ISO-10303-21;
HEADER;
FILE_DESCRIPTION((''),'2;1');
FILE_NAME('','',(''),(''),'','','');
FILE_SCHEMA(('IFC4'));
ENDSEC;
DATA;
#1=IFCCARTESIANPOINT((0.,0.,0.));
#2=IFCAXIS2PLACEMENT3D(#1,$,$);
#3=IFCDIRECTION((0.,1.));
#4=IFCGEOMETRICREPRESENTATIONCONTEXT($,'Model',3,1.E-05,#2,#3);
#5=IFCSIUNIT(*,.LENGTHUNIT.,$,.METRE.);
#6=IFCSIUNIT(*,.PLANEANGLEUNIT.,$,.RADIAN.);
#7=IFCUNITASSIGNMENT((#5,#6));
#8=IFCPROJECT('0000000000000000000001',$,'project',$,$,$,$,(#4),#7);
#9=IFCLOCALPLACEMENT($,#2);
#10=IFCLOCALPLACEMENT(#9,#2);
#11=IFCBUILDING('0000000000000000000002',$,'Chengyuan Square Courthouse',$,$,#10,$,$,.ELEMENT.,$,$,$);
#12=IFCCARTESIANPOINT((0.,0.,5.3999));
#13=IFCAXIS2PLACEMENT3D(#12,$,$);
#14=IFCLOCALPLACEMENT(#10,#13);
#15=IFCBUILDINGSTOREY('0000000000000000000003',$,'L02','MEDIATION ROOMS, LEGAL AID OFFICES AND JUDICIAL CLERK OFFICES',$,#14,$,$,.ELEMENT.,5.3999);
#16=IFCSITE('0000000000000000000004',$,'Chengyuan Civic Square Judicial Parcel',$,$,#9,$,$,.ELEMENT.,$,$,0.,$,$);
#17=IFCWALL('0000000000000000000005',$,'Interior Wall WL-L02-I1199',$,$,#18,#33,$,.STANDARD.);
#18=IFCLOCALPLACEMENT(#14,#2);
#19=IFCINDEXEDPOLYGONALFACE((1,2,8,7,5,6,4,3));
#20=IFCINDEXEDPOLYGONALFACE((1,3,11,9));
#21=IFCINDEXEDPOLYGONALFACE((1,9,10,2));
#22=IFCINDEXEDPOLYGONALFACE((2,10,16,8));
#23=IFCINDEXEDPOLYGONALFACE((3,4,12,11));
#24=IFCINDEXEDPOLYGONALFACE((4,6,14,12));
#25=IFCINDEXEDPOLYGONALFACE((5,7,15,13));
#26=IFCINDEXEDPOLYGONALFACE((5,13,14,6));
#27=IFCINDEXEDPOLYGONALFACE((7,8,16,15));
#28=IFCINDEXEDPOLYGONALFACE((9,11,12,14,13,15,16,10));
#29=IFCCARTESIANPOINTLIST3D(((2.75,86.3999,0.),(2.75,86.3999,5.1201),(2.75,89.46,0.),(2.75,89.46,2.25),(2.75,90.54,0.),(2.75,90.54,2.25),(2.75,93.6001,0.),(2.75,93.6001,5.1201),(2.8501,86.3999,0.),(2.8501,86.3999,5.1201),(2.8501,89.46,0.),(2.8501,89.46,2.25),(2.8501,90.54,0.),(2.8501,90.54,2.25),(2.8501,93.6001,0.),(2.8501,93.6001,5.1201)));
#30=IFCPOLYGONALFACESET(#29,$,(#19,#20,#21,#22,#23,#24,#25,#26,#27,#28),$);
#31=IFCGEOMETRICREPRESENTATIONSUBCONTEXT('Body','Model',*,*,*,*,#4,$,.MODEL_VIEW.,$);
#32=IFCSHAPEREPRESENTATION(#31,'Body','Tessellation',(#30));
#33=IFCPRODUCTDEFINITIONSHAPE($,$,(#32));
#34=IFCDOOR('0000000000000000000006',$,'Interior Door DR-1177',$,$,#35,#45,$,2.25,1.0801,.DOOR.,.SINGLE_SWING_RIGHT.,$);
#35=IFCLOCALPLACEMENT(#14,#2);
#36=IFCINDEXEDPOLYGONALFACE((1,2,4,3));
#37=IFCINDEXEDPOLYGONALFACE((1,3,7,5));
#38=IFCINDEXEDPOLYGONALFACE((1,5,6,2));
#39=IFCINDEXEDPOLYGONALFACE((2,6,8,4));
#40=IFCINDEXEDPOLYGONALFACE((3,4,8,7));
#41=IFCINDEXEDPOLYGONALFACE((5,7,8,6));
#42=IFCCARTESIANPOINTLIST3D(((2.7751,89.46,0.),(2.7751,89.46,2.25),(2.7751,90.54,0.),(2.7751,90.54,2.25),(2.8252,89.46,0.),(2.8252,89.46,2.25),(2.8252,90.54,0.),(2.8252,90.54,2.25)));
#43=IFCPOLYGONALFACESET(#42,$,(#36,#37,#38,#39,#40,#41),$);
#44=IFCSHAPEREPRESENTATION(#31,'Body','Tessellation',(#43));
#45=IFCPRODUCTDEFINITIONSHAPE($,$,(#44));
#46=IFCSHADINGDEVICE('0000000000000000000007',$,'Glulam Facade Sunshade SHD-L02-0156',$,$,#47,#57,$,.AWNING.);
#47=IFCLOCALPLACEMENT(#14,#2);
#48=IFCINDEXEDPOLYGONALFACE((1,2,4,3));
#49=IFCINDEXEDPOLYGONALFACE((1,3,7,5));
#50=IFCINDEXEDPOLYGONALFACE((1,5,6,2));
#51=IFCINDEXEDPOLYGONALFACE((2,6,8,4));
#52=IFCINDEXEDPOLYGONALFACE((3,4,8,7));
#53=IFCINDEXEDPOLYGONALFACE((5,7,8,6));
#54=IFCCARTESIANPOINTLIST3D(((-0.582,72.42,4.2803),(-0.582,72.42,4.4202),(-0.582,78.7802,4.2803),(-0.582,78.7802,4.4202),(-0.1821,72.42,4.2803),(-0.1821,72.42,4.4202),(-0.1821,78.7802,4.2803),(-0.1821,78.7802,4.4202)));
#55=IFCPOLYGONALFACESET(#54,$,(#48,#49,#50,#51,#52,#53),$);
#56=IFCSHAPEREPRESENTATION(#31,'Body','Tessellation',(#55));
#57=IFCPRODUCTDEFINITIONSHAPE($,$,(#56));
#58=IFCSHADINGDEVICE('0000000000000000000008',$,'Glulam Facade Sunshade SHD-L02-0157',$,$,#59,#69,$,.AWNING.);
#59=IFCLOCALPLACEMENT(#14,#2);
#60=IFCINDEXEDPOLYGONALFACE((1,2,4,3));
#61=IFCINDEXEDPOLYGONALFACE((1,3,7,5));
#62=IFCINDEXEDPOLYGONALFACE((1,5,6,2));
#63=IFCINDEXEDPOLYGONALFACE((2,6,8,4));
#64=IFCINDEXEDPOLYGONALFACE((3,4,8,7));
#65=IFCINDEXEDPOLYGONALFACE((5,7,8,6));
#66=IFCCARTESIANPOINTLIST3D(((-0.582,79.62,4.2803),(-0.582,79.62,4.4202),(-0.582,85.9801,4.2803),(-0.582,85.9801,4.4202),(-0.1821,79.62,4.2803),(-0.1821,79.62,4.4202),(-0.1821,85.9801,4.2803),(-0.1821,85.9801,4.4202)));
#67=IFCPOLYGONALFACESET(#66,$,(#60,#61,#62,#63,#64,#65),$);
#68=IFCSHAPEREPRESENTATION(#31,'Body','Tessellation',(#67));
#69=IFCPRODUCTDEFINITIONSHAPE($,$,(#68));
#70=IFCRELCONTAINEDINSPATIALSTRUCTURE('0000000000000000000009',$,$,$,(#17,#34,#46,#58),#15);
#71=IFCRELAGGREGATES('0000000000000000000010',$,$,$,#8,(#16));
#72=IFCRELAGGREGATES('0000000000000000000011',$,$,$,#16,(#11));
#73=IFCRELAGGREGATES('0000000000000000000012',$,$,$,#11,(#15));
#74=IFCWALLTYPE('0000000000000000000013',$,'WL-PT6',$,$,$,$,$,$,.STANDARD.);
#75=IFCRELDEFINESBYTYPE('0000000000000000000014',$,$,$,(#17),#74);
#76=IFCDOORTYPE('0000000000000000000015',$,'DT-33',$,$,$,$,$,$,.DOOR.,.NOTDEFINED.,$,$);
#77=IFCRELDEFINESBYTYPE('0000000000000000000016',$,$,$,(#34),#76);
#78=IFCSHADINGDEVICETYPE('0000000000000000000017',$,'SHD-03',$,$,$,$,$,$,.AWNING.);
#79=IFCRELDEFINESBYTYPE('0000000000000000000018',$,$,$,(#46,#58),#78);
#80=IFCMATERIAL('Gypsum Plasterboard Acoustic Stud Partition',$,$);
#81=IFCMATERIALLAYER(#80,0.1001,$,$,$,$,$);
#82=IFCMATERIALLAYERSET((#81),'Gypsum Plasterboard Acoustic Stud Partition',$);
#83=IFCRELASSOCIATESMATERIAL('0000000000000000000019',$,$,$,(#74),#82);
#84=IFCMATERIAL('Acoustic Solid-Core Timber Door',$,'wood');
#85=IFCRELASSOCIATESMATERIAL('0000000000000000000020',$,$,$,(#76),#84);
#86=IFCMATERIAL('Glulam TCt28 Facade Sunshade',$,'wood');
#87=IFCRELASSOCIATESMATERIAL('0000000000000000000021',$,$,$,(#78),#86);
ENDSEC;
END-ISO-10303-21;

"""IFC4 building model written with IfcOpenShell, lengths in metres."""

from ifc_helpers import new_model, si_unit, direction, frame, frame_2d, origin, origin_2d, place, context, subcontext, project, spatial, rectangle, extrude, material, layer, layer_set, type_object, element, fill, save


model = new_model("IFC4")

# Units and contexts
model_context = context("Model", 3, precision=1e-05, world=origin(), true_north=direction((0.0, 1.0)))
body_context = subcontext(model_context, "Body", "Model", "MODEL_VIEW")
ifc_project = project(units=[si_unit("LENGTHUNIT", "METRE"), si_unit("PLANEANGLEUNIT", "RADIAN")], contexts=[model_context])

# Site, building, storey
site_placement = place(None, origin())
site = spatial("IfcSite", under=ifc_project, at=site_placement, Name="Chengyuan Civic Square Judicial Parcel", CompositionType="ELEMENT", RefElevation=0.0)
building_placement = place(site_placement, origin())
building = spatial("IfcBuilding", under=site, at=building_placement, Name="Chengyuan Square Courthouse", CompositionType="ELEMENT")
storey_placement = place(building_placement, frame((0.0, 0.0, 5.3999)))
storey = spatial("IfcBuildingStorey", under=building, at=storey_placement, Name="L02", Description="MEDIATION ROOMS, LEGAL AID OFFICES AND JUDICIAL CLERK OFFICES", CompositionType="ELEMENT", Elevation=5.3999)

# Shared definitions
ifc_material_1 = material(Name="Acoustic Solid-Core Timber Door", Category="wood")

# Shared definitions
ifc_material_2 = material(Name="Gypsum Plasterboard Acoustic Stud Partition")
ifc_layer_1 = layer(ifc_material_2, 0.1001)
ifc_layer_set_1 = layer_set([ifc_layer_1], Name="Gypsum Plasterboard Acoustic Stud Partition")
wall_type_1 = type_object("IfcWallType", Name="WL-PT6", PredefinedType="STANDARD", material=ifc_layer_set_1)

# Wall, opening, door
wall_1_placement = place(storey_placement, frame((2.8, 86.3999, 0.0), z_axis=(0.0, 0.0, 1.0), x_axis=(0.0, 1.0, 0.0)))
wall_1 = element("IfcWall", 1, at=wall_1_placement, inside=storey, type_object=wall_type_1, Name="Interior Wall WL-L02-I1199", PredefinedType="STANDARD", context=body_context, shape_type="SweptSolid", body=[
    extrude(rectangle(XDim=7.2002, YDim=0.1001, at=frame_2d((3.6001, 0.0))), origin(), (0.0, 0.0, 1.0), 5.1201),
])
opening_1_placement = place(wall_1_placement, frame((3.0601, 0.0, 0.0)))
opening_1 = element("IfcOpeningElement", 2, at=opening_1_placement, cuts=wall_1, PredefinedType="OPENING", context=body_context, shape_type="SweptSolid", body=[
    extrude(rectangle(XDim=1.0801, YDim=2.25, at=frame_2d((0.54, 1.125))), frame((0.0, 0.062, 0.0), z_axis=(0.0, -1.0, 0.0), x_axis=(1.0, 0.0, 0.0)), (0.0, 0.0, 1.0), 0.124),
])
door_type_1 = type_object("IfcDoorType", Name="DT-33", OperationType="NOTDEFINED", PredefinedType="DOOR", material=ifc_material_1)
door_1_placement = place(opening_1_placement, origin())
door_1 = element("IfcDoor", 3, at=door_1_placement, inside=storey, type_object=door_type_1, Name="Interior Door DR-1177", OperationType="SINGLE_SWING_RIGHT", OverallHeight=2.25, OverallWidth=1.0801, PredefinedType="DOOR", context=body_context, shape_type="SweptSolid", body=[
    extrude(rectangle(XDim=1.0801, YDim=2.25, at=frame_2d((0.54, 1.125))), frame((0.0, 0.0249, 0.0), z_axis=(0.0, -1.0, 0.0), x_axis=(1.0, 0.0, 0.0)), (0.0, 0.0, 1.0), 0.05),
])
fill(opening_1, door_1)

# Shading devices
ifc_material_3 = material(Name="Glulam TCt28 Facade Sunshade", Category="wood")
shading_device_type = type_object("IfcShadingDeviceType", Name="SHD-03", PredefinedType="AWNING", material=ifc_material_3)
for number, where, z_axis, x_axis, name in (
    (4, (-0.3821, 75.6001, 4.2803), (0.0, 0.0, 1.0), (0.0, 1.0, 0.0), "Glulam Facade Sunshade SHD-L02-0156"),
    (5, (-0.3821, 82.8, 4.2803), (0.0, 0.0, 1.0), (0.0, 1.0, 0.0), "Glulam Facade Sunshade SHD-L02-0157"),
):
    element("IfcShadingDevice", number, at=place(storey_placement, frame(where, z_axis=z_axis, x_axis=x_axis)), inside=storey, type_object=shading_device_type, Name=name, PredefinedType="AWNING", context=body_context, shape_type="SweptSolid", body=[
        extrude(rectangle(XDim=6.3601, YDim=0.3999, at=origin_2d()), origin(), (0.0, 0.0, 1.0), 0.1399),
    ])

save(model, "model.ifc")
